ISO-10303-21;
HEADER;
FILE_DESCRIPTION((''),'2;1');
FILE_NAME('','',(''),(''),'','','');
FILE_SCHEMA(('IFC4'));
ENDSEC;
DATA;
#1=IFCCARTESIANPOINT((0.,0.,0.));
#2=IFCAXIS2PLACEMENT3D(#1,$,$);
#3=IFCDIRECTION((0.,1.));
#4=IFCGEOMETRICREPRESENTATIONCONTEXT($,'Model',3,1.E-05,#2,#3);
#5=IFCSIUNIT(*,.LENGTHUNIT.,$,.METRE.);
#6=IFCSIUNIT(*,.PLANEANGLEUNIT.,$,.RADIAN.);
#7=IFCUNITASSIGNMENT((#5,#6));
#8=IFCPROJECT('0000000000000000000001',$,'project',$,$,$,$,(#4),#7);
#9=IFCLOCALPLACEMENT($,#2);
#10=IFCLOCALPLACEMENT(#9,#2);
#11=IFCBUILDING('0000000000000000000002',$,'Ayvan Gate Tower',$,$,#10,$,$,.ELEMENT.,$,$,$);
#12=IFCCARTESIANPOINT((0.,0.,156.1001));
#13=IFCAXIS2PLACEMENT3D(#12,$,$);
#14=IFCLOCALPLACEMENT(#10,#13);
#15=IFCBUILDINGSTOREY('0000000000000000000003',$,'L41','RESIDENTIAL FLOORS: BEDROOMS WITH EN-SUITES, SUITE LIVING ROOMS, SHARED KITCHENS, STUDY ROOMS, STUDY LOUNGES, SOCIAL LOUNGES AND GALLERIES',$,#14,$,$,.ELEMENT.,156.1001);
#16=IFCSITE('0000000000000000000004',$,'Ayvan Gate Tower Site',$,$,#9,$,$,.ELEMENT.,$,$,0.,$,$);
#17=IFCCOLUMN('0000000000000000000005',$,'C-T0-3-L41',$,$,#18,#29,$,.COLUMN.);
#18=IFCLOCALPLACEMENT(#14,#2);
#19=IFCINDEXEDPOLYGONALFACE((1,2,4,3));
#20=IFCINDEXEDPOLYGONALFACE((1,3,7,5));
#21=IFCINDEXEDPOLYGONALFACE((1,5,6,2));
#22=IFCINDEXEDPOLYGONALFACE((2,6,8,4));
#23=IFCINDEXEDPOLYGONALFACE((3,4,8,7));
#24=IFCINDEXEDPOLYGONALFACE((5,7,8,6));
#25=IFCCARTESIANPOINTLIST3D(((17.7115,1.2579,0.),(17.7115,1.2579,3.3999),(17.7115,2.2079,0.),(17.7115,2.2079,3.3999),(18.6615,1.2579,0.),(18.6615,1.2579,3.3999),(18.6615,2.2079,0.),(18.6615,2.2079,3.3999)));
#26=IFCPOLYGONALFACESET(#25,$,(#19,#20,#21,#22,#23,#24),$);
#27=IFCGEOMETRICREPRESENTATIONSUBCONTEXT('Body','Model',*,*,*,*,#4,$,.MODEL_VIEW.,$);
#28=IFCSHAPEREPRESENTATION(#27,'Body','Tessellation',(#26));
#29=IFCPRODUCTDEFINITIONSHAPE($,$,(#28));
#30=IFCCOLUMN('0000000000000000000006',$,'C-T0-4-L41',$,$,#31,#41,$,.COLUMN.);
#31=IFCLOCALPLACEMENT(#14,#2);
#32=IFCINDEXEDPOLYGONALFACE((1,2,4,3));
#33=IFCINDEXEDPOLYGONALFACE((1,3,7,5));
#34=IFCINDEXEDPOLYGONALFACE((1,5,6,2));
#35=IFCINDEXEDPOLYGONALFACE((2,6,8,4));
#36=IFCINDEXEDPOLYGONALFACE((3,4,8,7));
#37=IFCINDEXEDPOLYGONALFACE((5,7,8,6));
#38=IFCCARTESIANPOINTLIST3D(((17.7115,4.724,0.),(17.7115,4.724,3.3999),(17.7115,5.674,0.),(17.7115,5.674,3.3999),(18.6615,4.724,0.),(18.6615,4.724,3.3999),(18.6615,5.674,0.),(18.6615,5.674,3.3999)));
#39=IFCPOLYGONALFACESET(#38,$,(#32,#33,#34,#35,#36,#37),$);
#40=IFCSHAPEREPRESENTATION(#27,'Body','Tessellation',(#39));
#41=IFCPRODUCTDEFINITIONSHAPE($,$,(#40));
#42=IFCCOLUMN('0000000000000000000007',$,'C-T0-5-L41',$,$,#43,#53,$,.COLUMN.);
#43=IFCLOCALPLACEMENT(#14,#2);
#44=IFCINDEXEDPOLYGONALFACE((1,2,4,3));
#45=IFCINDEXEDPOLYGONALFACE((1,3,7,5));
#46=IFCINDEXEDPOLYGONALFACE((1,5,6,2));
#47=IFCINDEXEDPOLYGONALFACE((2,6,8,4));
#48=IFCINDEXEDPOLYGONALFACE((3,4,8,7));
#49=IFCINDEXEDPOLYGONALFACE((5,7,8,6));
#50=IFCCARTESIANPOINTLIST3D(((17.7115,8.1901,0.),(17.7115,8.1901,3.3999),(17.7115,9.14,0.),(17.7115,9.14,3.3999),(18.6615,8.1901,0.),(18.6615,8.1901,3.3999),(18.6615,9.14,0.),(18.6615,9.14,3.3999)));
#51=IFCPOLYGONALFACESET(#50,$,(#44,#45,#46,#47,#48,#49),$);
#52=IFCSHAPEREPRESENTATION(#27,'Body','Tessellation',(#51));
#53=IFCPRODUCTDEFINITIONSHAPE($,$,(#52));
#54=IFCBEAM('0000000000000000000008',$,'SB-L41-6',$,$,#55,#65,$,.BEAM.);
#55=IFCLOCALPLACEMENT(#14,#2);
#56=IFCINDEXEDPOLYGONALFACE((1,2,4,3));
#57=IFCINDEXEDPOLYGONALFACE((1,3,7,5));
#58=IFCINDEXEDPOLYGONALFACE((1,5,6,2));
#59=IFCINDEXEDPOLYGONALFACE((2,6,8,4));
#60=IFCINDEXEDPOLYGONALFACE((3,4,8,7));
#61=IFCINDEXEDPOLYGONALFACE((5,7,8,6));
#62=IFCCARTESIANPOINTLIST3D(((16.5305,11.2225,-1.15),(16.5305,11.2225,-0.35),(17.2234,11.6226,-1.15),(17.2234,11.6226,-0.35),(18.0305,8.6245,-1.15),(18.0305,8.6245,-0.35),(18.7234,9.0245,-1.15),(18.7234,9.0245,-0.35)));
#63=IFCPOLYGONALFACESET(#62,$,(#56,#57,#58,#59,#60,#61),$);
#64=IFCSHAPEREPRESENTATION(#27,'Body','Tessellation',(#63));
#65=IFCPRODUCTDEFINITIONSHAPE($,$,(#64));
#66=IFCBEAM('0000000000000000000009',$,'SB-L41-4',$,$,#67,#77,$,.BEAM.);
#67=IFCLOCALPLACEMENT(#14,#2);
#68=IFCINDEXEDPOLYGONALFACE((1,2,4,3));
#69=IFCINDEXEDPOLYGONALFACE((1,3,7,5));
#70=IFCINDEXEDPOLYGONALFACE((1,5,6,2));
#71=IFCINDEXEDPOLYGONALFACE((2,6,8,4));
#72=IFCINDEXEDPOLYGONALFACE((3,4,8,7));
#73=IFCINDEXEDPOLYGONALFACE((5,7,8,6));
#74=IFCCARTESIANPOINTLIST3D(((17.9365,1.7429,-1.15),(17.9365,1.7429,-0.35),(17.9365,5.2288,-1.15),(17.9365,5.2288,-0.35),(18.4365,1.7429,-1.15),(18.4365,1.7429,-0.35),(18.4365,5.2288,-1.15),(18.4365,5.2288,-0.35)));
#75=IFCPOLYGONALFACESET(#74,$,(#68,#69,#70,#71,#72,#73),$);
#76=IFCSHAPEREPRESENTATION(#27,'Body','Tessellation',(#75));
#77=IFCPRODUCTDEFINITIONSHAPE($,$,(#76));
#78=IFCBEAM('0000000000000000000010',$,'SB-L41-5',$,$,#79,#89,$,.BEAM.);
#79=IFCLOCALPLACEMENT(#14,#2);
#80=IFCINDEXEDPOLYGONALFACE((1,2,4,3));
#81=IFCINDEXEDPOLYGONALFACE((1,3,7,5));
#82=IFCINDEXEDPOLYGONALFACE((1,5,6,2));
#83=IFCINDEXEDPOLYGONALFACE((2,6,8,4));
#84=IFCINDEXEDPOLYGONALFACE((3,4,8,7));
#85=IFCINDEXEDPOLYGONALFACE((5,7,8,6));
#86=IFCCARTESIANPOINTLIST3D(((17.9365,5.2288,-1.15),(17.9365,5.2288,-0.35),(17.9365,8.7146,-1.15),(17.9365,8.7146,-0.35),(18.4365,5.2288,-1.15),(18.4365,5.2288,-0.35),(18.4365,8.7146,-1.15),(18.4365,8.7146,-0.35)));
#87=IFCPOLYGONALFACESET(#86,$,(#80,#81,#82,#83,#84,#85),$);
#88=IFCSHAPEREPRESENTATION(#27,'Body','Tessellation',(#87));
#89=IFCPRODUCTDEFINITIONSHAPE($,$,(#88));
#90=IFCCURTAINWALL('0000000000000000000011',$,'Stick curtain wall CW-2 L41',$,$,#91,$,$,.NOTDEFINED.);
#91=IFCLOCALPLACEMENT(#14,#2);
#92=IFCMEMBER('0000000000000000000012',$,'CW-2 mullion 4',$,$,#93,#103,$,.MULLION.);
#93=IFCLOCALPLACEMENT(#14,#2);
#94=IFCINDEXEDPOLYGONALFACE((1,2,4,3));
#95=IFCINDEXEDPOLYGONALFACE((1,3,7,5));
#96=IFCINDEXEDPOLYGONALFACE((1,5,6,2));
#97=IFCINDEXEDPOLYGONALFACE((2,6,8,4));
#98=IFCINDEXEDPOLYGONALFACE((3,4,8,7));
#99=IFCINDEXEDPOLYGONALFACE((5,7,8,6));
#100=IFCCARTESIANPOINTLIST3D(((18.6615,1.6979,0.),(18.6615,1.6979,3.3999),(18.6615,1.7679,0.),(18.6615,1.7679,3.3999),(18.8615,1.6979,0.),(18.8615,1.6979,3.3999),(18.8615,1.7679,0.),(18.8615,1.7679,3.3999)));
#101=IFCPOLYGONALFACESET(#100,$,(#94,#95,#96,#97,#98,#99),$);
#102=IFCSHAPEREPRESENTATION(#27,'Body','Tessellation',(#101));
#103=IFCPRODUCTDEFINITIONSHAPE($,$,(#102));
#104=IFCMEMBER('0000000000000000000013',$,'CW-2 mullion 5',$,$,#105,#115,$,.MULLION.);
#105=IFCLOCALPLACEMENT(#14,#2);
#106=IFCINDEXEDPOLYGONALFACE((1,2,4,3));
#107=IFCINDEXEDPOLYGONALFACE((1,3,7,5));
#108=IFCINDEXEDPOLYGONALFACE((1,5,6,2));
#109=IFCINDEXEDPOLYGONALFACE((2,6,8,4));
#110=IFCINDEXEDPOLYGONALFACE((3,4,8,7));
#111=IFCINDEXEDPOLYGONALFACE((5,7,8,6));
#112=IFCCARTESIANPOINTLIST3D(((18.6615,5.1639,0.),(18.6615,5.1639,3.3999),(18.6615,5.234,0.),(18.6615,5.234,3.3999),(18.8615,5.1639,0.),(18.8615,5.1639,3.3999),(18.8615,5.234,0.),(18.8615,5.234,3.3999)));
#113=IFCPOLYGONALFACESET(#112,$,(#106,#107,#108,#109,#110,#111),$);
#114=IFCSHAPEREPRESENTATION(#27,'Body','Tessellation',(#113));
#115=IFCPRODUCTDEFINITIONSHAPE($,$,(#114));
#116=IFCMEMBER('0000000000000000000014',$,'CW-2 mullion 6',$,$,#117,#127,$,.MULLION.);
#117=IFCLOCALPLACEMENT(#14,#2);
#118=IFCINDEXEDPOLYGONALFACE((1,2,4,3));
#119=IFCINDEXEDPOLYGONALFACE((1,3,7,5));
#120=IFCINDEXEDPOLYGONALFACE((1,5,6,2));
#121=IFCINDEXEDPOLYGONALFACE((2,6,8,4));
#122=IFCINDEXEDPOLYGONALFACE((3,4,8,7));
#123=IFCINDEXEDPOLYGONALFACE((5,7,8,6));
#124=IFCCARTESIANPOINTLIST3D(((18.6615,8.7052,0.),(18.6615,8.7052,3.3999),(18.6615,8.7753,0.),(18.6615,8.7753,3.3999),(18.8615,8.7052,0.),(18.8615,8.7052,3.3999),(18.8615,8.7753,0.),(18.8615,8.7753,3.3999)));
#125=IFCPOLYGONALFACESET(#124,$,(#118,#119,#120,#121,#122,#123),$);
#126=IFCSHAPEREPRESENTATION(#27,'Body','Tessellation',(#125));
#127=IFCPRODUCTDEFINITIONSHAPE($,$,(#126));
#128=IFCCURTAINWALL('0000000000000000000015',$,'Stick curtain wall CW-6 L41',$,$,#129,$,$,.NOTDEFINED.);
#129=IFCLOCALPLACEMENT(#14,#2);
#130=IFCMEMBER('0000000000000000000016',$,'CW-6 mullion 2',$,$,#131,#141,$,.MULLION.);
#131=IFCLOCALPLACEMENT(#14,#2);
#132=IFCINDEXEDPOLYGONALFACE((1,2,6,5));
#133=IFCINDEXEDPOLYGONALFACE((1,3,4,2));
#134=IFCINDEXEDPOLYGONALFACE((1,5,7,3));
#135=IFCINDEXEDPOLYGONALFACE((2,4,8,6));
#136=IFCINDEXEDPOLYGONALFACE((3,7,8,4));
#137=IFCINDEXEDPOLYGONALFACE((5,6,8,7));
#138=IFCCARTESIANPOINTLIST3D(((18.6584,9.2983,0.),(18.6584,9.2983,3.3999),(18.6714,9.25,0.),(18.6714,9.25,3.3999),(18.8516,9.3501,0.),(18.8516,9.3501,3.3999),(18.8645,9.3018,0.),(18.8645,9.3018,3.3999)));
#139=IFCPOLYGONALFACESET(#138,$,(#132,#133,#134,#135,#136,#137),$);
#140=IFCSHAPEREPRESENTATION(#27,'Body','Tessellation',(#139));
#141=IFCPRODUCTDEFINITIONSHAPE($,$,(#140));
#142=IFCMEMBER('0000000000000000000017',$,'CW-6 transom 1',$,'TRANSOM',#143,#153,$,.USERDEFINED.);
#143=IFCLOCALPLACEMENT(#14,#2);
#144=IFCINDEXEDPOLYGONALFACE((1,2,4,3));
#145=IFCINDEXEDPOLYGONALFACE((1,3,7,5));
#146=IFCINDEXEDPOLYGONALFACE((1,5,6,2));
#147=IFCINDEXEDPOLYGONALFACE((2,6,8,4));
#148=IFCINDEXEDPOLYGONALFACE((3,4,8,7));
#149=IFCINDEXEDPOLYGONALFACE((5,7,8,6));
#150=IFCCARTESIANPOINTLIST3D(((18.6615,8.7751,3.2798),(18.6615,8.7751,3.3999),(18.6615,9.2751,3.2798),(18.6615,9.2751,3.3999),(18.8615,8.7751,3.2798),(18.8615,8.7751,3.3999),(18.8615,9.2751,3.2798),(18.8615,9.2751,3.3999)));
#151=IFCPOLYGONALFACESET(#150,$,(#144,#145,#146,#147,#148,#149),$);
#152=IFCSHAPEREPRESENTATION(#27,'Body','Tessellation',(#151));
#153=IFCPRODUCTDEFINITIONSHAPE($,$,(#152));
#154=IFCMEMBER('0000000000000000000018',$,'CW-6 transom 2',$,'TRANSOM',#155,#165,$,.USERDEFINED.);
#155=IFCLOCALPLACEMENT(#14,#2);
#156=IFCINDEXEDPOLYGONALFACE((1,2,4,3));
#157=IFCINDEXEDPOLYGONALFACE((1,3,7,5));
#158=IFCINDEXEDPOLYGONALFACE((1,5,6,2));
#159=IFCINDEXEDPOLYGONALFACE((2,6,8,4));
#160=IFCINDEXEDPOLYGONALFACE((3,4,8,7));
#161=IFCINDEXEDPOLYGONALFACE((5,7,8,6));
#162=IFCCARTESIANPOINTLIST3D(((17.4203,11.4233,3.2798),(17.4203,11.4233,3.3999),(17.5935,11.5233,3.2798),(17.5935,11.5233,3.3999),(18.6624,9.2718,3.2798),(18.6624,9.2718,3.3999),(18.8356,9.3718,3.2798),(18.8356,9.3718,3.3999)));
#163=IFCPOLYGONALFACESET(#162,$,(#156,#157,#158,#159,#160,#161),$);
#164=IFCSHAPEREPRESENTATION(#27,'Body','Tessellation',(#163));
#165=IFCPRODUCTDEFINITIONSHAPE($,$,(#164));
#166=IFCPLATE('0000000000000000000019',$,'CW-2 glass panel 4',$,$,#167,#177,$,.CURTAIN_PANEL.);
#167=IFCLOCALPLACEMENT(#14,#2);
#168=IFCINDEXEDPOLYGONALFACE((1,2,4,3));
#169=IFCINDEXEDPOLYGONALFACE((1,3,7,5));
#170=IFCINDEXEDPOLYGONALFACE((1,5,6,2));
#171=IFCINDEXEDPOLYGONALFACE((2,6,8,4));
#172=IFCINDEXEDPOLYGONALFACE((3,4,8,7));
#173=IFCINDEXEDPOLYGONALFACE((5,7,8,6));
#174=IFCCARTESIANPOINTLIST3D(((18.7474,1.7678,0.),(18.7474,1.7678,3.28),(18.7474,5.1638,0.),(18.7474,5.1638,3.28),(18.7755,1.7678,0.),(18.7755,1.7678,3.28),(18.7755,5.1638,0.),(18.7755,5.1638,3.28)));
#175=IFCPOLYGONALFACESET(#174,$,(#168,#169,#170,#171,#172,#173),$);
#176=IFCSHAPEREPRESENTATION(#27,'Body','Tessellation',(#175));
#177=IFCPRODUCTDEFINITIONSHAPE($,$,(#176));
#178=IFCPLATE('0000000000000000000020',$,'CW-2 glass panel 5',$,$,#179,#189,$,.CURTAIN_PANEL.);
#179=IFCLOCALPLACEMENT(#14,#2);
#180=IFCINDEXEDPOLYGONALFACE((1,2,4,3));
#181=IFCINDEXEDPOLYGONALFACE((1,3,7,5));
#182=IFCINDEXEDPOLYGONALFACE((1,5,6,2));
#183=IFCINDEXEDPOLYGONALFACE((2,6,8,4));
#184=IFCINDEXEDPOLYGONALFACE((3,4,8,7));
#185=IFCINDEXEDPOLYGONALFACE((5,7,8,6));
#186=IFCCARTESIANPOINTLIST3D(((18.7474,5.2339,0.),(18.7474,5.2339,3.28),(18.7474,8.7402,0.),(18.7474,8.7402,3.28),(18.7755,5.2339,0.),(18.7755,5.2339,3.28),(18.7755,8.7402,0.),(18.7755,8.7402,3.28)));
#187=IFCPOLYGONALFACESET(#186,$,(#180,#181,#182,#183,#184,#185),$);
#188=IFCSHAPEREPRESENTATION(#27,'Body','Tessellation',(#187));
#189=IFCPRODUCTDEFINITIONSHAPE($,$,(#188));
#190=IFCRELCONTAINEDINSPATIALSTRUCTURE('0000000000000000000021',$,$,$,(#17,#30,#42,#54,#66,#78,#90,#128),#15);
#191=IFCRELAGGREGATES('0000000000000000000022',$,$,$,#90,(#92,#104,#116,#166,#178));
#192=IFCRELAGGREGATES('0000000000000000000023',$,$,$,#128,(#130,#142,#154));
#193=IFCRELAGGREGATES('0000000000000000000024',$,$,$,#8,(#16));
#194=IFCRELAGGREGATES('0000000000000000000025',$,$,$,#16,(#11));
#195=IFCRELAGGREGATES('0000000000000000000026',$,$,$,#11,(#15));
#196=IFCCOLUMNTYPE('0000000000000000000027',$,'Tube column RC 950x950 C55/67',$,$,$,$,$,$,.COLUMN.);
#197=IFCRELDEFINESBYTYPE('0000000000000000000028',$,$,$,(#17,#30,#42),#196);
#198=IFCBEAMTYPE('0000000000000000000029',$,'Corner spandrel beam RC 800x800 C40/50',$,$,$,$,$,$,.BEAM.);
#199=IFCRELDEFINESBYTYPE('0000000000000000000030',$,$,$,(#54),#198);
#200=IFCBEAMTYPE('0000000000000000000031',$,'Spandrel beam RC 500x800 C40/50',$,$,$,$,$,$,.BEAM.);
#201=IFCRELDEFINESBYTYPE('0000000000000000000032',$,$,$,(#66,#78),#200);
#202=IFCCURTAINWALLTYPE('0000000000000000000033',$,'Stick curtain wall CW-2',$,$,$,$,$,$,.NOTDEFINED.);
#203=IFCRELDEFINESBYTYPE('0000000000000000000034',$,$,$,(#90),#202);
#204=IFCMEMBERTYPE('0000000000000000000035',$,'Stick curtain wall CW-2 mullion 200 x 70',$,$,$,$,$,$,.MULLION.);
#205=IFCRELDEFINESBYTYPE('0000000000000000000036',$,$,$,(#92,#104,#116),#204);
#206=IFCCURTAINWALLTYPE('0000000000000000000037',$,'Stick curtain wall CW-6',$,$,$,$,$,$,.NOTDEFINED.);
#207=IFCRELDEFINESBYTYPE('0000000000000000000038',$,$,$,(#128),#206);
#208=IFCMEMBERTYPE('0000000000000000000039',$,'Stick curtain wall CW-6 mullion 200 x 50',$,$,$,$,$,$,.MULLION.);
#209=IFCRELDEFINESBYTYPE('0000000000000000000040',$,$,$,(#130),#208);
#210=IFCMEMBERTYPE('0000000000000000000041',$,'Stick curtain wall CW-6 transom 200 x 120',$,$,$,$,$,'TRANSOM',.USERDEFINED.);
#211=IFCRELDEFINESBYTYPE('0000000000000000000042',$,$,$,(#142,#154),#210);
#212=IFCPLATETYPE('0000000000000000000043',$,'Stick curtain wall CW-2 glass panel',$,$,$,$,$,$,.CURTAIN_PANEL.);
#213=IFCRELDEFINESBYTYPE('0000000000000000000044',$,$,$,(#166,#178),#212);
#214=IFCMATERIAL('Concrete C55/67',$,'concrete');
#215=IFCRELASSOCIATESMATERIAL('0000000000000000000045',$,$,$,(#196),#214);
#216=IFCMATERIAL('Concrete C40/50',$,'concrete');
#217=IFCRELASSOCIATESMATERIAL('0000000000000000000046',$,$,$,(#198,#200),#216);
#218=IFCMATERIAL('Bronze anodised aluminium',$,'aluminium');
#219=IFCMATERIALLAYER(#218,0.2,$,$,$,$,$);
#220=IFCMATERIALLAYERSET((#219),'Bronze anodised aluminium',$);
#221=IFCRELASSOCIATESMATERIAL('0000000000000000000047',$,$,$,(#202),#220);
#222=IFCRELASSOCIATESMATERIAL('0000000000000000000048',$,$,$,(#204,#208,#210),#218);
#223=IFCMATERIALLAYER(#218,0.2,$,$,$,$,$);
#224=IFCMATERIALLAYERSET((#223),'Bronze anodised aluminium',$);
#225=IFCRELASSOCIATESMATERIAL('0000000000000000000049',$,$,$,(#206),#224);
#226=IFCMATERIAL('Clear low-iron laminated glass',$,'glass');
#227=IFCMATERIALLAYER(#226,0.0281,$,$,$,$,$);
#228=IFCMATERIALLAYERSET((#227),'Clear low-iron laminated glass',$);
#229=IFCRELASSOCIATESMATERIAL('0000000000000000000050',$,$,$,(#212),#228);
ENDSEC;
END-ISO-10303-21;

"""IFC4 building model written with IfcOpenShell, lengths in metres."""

from ifc_helpers import new_model, si_unit, direction, frame, origin, origin_2d, place, context, subcontext, project, spatial, rectangle, extrude, material, layer, layer_set, material_profile, profile_set, type_object, element, aggregate, save


model = new_model("IFC4")

# Units and contexts
model_context = context("Model", 3, precision=1e-05, world=origin(), true_north=direction((0.0, 1.0)))
body_context = subcontext(model_context, "Body", "Model", "MODEL_VIEW")
ifc_project = project(units=[si_unit("LENGTHUNIT", "METRE"), si_unit("PLANEANGLEUNIT", "RADIAN")], contexts=[model_context])

# Site, building, storey
site_placement = place(None, origin())
site = spatial("IfcSite", under=ifc_project, at=site_placement, Name="Ayvan Gate Tower Site", CompositionType="ELEMENT", RefElevation=0.0)
building_placement = place(site_placement, origin())
building = spatial("IfcBuilding", under=site, at=building_placement, Name="Ayvan Gate Tower", CompositionType="ELEMENT")
storey_placement = place(building_placement, frame((0.0, 0.0, 156.1001)))
storey = spatial("IfcBuildingStorey", under=building, at=storey_placement, Name="L41", Description="RESIDENTIAL FLOORS: BEDROOMS WITH EN-SUITES, SUITE LIVING ROOMS, SHARED KITCHENS, STUDY ROOMS, STUDY LOUNGES, SOCIAL LOUNGES AND GALLERIES", CompositionType="ELEMENT", Elevation=156.1001)

# Columns
ifc_material_1 = material(Name="Concrete C55/67", Category="concrete")
ifc_material_profile_1 = material_profile(ifc_material_1, rectangle(XDim=0.95, YDim=0.95, at=origin_2d()), Name="RC 950x950")
ifc_profile_set_1 = profile_set([ifc_material_profile_1], Name="Concrete C55/67")
column_type = type_object("IfcColumnType", Name="Tube column RC 950x950 C55/67", PredefinedType="COLUMN", material=ifc_profile_set_1)
for number, where, z_axis, x_axis, name in (
    (1, (18.1865, 1.7329, 0.0), (0.0, 0.0, 1.0), (1.0, 0.0, 0.0), "C-T0-3-L41"),
    (2, (18.1865, 5.199, 0.0), (0.0, 0.0, 1.0), (1.0, 0.0, 0.0), "C-T0-4-L41"),
    (3, (18.1865, 8.665, 0.0), (0.0, 0.0, 1.0), (1.0, 0.0, 0.0), "C-T0-5-L41"),
):
    element("IfcColumn", number, at=place(storey_placement, frame(where, z_axis=z_axis, x_axis=x_axis)), inside=storey, type_object=column_type, Name=name, PredefinedType="COLUMN", context=body_context, shape_type="SweptSolid", body=[
        extrude(rectangle(XDim=0.95, YDim=0.95, at=origin_2d()), origin(), (0.0, 0.0, 1.0), 3.3999),
    ])

# Beams
ifc_material_2 = material(Name="Concrete C40/50", Category="concrete")
ifc_material_profile_2 = material_profile(ifc_material_2, rectangle(XDim=0.8, YDim=0.8, at=origin_2d()), Name="RC 800x800")
ifc_profile_set_2 = profile_set([ifc_material_profile_2], Name="Concrete C40/50")
beam_type_1 = type_object("IfcBeamType", Name="Corner spandrel beam RC 800x800 C40/50", PredefinedType="BEAM", material=ifc_profile_set_2)
beam_placement = place(storey_placement, frame((18.377, 8.8245, -0.75), z_axis=(-0.49999, 0.866031, 0.0), x_axis=(-0.866031, -0.49999, 0.0)))
element("IfcBeam", 4, at=beam_placement, inside=storey, type_object=beam_type_1, Name="SB-L41-6", PredefinedType="BEAM", context=body_context, shape_type="SweptSolid", body=[
    extrude(rectangle(XDim=0.8, YDim=0.8, at=origin_2d()), origin(), (0.0, 0.0, 1.0), 3.0),
])
ifc_material_profile_3 = material_profile(ifc_material_2, rectangle(XDim=0.5, YDim=0.8, at=origin_2d()), Name="RC 500x800")
ifc_profile_set_3 = profile_set([ifc_material_profile_3], Name="Concrete C40/50")
beam_type_2 = type_object("IfcBeamType", Name="Spandrel beam RC 500x800 C40/50", PredefinedType="BEAM", material=ifc_profile_set_3)
for number, where, z_axis, x_axis, name in (
    (5, (18.1865, 1.7429, -0.75), (0.0, 1.0, 0.0), (-1.0, 0.0, 0.0), "SB-L41-4"),
    (6, (18.1865, 5.2288, -0.75), (0.0, 1.0, 0.0), (-1.0, 0.0, 0.0), "SB-L41-5"),
):
    element("IfcBeam", number, at=place(storey_placement, frame(where, z_axis=z_axis, x_axis=x_axis)), inside=storey, type_object=beam_type_2, Name=name, PredefinedType="BEAM", context=body_context, shape_type="SweptSolid", body=[
        extrude(rectangle(XDim=0.5, YDim=0.8, at=origin_2d()), origin(), (0.0, 0.0, 1.0), 3.4858),
    ])

# Curtain walls, members
ifc_material_3 = material(Name="Bronze anodised aluminium", Category="aluminium")
ifc_layer_1 = layer(ifc_material_3, 0.2)
ifc_layer_set_1 = layer_set([ifc_layer_1], Name="Bronze anodised aluminium")
curtain_wall_type_1 = type_object("IfcCurtainWallType", Name="Stick curtain wall CW-2", PredefinedType="NOTDEFINED", material=ifc_layer_set_1)
curtain_wall_1_placement = place(storey_placement, origin())
curtain_wall_1 = element("IfcCurtainWall", 7, at=curtain_wall_1_placement, inside=storey, type_object=curtain_wall_type_1, Name="Stick curtain wall CW-2 L41", PredefinedType="NOTDEFINED")
ifc_material_profile_4 = material_profile(ifc_material_3, rectangle(XDim=0.2, YDim=0.0701, at=origin_2d()), Name="Stick curtain wall CW-2 mullion 200 x 70")
ifc_profile_set_4 = profile_set([ifc_material_profile_4], Name="Bronze anodised aluminium")
member_type_1 = type_object("IfcMemberType", Name="Stick curtain wall CW-2 mullion 200 x 70", PredefinedType="MULLION", material=ifc_profile_set_4)
member_1_placement = place(storey_placement, frame((18.7615, 1.7329, 0.0), z_axis=(0.0, 0.0, 1.0), x_axis=(1.0, 0.0, 0.0)))
member_1 = element("IfcMember", 8, at=member_1_placement, type_object=member_type_1, Name="CW-2 mullion 4", PredefinedType="MULLION", context=body_context, shape_type="SweptSolid", body=[
    extrude(rectangle(XDim=0.2, YDim=0.0701, at=origin_2d()), origin(), (0.0, 0.0, 1.0), 3.3999),
])
member_2_placement = place(storey_placement, frame((18.7615, 5.199, 0.0), z_axis=(0.0, 0.0, 1.0), x_axis=(1.0, 0.0, 0.0)))
member_2 = element("IfcMember", 9, at=member_2_placement, type_object=member_type_1, Name="CW-2 mullion 5", PredefinedType="MULLION", context=body_context, shape_type="SweptSolid", body=[
    extrude(rectangle(XDim=0.2, YDim=0.0701, at=origin_2d()), origin(), (0.0, 0.0, 1.0), 3.3999),
])
member_3_placement = place(storey_placement, frame((18.7615, 8.7402, 0.0), z_axis=(0.0, 0.0, 1.0), x_axis=(1.0, 0.0, 0.0)))
member_3 = element("IfcMember", 10, at=member_3_placement, type_object=member_type_1, Name="CW-2 mullion 6", PredefinedType="MULLION", context=body_context, shape_type="SweptSolid", body=[
    extrude(rectangle(XDim=0.2, YDim=0.0701, at=origin_2d()), origin(), (0.0, 0.0, 1.0), 3.3999),
])
ifc_layer_2 = layer(ifc_material_3, 0.2)
ifc_layer_set_2 = layer_set([ifc_layer_2], Name="Bronze anodised aluminium")
curtain_wall_type_2 = type_object("IfcCurtainWallType", Name="Stick curtain wall CW-6", PredefinedType="NOTDEFINED", material=ifc_layer_set_2)
curtain_wall_2_placement = place(storey_placement, origin())
curtain_wall_2 = element("IfcCurtainWall", 11, at=curtain_wall_2_placement, inside=storey, type_object=curtain_wall_type_2, Name="Stick curtain wall CW-6 L41", PredefinedType="NOTDEFINED")
ifc_material_profile_5 = material_profile(ifc_material_3, rectangle(XDim=0.2, YDim=0.05, at=origin_2d()), Name="Stick curtain wall CW-6 mullion 200 x 50")
ifc_profile_set_5 = profile_set([ifc_material_profile_5], Name="Bronze anodised aluminium")
member_type_2 = type_object("IfcMemberType", Name="Stick curtain wall CW-6 mullion 200 x 50", PredefinedType="MULLION", material=ifc_profile_set_5)
member_4_placement = place(storey_placement, frame((18.7615, 9.3, 0.0), z_axis=(0.0, 0.0, 1.0), x_axis=(0.965926, 0.258819, 0.0)))
member_4 = element("IfcMember", 12, at=member_4_placement, type_object=member_type_2, Name="CW-6 mullion 2", PredefinedType="MULLION", context=body_context, shape_type="SweptSolid", body=[
    extrude(rectangle(XDim=0.2, YDim=0.05, at=origin_2d()), origin(), (0.0, 0.0, 1.0), 3.3999),
])
ifc_material_profile_6 = material_profile(ifc_material_3, rectangle(XDim=0.2, YDim=0.1201, at=origin_2d()), Name="Stick curtain wall CW-6 transom 200 x 120")
ifc_profile_set_6 = profile_set([ifc_material_profile_6], Name="Bronze anodised aluminium")
member_type_3 = type_object("IfcMemberType", Name="Stick curtain wall CW-6 transom 200 x 120", ElementType="TRANSOM", PredefinedType="USERDEFINED", material=ifc_profile_set_6)
member_5_placement = place(storey_placement, frame((18.7615, 8.7751, 3.3398), z_axis=(0.0, 1.0, 0.0), x_axis=(-1.0, 0.0, 0.0)))
member_5 = element("IfcMember", 13, at=member_5_placement, type_object=member_type_3, Name="CW-6 transom 1", ObjectType="TRANSOM", PredefinedType="USERDEFINED", context=body_context, shape_type="SweptSolid", body=[
    extrude(rectangle(XDim=0.2, YDim=0.1201, at=origin_2d()), origin(), (0.0, 0.0, 1.0), 0.5),
])
member_6_placement = place(storey_placement, frame((18.749, 9.3218, 3.3398), z_axis=(-0.499986, 0.866033, 0.0), x_axis=(-0.866033, -0.499986, 0.0)))
member_6 = element("IfcMember", 14, at=member_6_placement, type_object=member_type_3, Name="CW-6 transom 2", ObjectType="TRANSOM", PredefinedType="USERDEFINED", context=body_context, shape_type="SweptSolid", body=[
    extrude(rectangle(XDim=0.2, YDim=0.1201, at=origin_2d()), origin(), (0.0, 0.0, 1.0), 2.4844),
])

# Plates
ifc_material_4 = material(Name="Clear low-iron laminated glass", Category="glass")
ifc_layer_3 = layer(ifc_material_4, 0.0281)
ifc_layer_set_3 = layer_set([ifc_layer_3], Name="Clear low-iron laminated glass")
plate_type_1 = type_object("IfcPlateType", Name="Stick curtain wall CW-2 glass panel", PredefinedType="CURTAIN_PANEL", material=ifc_layer_set_3)
plate_1_placement = place(storey_placement, frame((18.7615, 3.4658, 0.0), z_axis=(0.0, 0.0, 1.0), x_axis=(0.0, 1.0, 0.0)))
plate_1 = element("IfcPlate", 15, at=plate_1_placement, type_object=plate_type_1, Name="CW-2 glass panel 4", PredefinedType="CURTAIN_PANEL", context=body_context, shape_type="SweptSolid", body=[
    extrude(rectangle(XDim=3.396, YDim=0.0281, at=origin_2d()), origin(), (0.0, 0.0, 1.0), 3.28),
])
plate_2_placement = place(storey_placement, frame((18.7615, 6.9871, 0.0), z_axis=(0.0, 0.0, 1.0), x_axis=(0.0, 1.0, 0.0)))
plate_2 = element("IfcPlate", 16, at=plate_2_placement, type_object=plate_type_1, Name="CW-2 glass panel 5", PredefinedType="CURTAIN_PANEL", context=body_context, shape_type="SweptSolid", body=[
    extrude(rectangle(XDim=3.5063, YDim=0.0281, at=origin_2d()), origin(), (0.0, 0.0, 1.0), 3.28),
])
aggregate(curtain_wall_1, [member_1, member_2, member_3, plate_1, plate_2])
aggregate(curtain_wall_2, [member_4, member_5, member_6])

save(model, "model.ifc")
